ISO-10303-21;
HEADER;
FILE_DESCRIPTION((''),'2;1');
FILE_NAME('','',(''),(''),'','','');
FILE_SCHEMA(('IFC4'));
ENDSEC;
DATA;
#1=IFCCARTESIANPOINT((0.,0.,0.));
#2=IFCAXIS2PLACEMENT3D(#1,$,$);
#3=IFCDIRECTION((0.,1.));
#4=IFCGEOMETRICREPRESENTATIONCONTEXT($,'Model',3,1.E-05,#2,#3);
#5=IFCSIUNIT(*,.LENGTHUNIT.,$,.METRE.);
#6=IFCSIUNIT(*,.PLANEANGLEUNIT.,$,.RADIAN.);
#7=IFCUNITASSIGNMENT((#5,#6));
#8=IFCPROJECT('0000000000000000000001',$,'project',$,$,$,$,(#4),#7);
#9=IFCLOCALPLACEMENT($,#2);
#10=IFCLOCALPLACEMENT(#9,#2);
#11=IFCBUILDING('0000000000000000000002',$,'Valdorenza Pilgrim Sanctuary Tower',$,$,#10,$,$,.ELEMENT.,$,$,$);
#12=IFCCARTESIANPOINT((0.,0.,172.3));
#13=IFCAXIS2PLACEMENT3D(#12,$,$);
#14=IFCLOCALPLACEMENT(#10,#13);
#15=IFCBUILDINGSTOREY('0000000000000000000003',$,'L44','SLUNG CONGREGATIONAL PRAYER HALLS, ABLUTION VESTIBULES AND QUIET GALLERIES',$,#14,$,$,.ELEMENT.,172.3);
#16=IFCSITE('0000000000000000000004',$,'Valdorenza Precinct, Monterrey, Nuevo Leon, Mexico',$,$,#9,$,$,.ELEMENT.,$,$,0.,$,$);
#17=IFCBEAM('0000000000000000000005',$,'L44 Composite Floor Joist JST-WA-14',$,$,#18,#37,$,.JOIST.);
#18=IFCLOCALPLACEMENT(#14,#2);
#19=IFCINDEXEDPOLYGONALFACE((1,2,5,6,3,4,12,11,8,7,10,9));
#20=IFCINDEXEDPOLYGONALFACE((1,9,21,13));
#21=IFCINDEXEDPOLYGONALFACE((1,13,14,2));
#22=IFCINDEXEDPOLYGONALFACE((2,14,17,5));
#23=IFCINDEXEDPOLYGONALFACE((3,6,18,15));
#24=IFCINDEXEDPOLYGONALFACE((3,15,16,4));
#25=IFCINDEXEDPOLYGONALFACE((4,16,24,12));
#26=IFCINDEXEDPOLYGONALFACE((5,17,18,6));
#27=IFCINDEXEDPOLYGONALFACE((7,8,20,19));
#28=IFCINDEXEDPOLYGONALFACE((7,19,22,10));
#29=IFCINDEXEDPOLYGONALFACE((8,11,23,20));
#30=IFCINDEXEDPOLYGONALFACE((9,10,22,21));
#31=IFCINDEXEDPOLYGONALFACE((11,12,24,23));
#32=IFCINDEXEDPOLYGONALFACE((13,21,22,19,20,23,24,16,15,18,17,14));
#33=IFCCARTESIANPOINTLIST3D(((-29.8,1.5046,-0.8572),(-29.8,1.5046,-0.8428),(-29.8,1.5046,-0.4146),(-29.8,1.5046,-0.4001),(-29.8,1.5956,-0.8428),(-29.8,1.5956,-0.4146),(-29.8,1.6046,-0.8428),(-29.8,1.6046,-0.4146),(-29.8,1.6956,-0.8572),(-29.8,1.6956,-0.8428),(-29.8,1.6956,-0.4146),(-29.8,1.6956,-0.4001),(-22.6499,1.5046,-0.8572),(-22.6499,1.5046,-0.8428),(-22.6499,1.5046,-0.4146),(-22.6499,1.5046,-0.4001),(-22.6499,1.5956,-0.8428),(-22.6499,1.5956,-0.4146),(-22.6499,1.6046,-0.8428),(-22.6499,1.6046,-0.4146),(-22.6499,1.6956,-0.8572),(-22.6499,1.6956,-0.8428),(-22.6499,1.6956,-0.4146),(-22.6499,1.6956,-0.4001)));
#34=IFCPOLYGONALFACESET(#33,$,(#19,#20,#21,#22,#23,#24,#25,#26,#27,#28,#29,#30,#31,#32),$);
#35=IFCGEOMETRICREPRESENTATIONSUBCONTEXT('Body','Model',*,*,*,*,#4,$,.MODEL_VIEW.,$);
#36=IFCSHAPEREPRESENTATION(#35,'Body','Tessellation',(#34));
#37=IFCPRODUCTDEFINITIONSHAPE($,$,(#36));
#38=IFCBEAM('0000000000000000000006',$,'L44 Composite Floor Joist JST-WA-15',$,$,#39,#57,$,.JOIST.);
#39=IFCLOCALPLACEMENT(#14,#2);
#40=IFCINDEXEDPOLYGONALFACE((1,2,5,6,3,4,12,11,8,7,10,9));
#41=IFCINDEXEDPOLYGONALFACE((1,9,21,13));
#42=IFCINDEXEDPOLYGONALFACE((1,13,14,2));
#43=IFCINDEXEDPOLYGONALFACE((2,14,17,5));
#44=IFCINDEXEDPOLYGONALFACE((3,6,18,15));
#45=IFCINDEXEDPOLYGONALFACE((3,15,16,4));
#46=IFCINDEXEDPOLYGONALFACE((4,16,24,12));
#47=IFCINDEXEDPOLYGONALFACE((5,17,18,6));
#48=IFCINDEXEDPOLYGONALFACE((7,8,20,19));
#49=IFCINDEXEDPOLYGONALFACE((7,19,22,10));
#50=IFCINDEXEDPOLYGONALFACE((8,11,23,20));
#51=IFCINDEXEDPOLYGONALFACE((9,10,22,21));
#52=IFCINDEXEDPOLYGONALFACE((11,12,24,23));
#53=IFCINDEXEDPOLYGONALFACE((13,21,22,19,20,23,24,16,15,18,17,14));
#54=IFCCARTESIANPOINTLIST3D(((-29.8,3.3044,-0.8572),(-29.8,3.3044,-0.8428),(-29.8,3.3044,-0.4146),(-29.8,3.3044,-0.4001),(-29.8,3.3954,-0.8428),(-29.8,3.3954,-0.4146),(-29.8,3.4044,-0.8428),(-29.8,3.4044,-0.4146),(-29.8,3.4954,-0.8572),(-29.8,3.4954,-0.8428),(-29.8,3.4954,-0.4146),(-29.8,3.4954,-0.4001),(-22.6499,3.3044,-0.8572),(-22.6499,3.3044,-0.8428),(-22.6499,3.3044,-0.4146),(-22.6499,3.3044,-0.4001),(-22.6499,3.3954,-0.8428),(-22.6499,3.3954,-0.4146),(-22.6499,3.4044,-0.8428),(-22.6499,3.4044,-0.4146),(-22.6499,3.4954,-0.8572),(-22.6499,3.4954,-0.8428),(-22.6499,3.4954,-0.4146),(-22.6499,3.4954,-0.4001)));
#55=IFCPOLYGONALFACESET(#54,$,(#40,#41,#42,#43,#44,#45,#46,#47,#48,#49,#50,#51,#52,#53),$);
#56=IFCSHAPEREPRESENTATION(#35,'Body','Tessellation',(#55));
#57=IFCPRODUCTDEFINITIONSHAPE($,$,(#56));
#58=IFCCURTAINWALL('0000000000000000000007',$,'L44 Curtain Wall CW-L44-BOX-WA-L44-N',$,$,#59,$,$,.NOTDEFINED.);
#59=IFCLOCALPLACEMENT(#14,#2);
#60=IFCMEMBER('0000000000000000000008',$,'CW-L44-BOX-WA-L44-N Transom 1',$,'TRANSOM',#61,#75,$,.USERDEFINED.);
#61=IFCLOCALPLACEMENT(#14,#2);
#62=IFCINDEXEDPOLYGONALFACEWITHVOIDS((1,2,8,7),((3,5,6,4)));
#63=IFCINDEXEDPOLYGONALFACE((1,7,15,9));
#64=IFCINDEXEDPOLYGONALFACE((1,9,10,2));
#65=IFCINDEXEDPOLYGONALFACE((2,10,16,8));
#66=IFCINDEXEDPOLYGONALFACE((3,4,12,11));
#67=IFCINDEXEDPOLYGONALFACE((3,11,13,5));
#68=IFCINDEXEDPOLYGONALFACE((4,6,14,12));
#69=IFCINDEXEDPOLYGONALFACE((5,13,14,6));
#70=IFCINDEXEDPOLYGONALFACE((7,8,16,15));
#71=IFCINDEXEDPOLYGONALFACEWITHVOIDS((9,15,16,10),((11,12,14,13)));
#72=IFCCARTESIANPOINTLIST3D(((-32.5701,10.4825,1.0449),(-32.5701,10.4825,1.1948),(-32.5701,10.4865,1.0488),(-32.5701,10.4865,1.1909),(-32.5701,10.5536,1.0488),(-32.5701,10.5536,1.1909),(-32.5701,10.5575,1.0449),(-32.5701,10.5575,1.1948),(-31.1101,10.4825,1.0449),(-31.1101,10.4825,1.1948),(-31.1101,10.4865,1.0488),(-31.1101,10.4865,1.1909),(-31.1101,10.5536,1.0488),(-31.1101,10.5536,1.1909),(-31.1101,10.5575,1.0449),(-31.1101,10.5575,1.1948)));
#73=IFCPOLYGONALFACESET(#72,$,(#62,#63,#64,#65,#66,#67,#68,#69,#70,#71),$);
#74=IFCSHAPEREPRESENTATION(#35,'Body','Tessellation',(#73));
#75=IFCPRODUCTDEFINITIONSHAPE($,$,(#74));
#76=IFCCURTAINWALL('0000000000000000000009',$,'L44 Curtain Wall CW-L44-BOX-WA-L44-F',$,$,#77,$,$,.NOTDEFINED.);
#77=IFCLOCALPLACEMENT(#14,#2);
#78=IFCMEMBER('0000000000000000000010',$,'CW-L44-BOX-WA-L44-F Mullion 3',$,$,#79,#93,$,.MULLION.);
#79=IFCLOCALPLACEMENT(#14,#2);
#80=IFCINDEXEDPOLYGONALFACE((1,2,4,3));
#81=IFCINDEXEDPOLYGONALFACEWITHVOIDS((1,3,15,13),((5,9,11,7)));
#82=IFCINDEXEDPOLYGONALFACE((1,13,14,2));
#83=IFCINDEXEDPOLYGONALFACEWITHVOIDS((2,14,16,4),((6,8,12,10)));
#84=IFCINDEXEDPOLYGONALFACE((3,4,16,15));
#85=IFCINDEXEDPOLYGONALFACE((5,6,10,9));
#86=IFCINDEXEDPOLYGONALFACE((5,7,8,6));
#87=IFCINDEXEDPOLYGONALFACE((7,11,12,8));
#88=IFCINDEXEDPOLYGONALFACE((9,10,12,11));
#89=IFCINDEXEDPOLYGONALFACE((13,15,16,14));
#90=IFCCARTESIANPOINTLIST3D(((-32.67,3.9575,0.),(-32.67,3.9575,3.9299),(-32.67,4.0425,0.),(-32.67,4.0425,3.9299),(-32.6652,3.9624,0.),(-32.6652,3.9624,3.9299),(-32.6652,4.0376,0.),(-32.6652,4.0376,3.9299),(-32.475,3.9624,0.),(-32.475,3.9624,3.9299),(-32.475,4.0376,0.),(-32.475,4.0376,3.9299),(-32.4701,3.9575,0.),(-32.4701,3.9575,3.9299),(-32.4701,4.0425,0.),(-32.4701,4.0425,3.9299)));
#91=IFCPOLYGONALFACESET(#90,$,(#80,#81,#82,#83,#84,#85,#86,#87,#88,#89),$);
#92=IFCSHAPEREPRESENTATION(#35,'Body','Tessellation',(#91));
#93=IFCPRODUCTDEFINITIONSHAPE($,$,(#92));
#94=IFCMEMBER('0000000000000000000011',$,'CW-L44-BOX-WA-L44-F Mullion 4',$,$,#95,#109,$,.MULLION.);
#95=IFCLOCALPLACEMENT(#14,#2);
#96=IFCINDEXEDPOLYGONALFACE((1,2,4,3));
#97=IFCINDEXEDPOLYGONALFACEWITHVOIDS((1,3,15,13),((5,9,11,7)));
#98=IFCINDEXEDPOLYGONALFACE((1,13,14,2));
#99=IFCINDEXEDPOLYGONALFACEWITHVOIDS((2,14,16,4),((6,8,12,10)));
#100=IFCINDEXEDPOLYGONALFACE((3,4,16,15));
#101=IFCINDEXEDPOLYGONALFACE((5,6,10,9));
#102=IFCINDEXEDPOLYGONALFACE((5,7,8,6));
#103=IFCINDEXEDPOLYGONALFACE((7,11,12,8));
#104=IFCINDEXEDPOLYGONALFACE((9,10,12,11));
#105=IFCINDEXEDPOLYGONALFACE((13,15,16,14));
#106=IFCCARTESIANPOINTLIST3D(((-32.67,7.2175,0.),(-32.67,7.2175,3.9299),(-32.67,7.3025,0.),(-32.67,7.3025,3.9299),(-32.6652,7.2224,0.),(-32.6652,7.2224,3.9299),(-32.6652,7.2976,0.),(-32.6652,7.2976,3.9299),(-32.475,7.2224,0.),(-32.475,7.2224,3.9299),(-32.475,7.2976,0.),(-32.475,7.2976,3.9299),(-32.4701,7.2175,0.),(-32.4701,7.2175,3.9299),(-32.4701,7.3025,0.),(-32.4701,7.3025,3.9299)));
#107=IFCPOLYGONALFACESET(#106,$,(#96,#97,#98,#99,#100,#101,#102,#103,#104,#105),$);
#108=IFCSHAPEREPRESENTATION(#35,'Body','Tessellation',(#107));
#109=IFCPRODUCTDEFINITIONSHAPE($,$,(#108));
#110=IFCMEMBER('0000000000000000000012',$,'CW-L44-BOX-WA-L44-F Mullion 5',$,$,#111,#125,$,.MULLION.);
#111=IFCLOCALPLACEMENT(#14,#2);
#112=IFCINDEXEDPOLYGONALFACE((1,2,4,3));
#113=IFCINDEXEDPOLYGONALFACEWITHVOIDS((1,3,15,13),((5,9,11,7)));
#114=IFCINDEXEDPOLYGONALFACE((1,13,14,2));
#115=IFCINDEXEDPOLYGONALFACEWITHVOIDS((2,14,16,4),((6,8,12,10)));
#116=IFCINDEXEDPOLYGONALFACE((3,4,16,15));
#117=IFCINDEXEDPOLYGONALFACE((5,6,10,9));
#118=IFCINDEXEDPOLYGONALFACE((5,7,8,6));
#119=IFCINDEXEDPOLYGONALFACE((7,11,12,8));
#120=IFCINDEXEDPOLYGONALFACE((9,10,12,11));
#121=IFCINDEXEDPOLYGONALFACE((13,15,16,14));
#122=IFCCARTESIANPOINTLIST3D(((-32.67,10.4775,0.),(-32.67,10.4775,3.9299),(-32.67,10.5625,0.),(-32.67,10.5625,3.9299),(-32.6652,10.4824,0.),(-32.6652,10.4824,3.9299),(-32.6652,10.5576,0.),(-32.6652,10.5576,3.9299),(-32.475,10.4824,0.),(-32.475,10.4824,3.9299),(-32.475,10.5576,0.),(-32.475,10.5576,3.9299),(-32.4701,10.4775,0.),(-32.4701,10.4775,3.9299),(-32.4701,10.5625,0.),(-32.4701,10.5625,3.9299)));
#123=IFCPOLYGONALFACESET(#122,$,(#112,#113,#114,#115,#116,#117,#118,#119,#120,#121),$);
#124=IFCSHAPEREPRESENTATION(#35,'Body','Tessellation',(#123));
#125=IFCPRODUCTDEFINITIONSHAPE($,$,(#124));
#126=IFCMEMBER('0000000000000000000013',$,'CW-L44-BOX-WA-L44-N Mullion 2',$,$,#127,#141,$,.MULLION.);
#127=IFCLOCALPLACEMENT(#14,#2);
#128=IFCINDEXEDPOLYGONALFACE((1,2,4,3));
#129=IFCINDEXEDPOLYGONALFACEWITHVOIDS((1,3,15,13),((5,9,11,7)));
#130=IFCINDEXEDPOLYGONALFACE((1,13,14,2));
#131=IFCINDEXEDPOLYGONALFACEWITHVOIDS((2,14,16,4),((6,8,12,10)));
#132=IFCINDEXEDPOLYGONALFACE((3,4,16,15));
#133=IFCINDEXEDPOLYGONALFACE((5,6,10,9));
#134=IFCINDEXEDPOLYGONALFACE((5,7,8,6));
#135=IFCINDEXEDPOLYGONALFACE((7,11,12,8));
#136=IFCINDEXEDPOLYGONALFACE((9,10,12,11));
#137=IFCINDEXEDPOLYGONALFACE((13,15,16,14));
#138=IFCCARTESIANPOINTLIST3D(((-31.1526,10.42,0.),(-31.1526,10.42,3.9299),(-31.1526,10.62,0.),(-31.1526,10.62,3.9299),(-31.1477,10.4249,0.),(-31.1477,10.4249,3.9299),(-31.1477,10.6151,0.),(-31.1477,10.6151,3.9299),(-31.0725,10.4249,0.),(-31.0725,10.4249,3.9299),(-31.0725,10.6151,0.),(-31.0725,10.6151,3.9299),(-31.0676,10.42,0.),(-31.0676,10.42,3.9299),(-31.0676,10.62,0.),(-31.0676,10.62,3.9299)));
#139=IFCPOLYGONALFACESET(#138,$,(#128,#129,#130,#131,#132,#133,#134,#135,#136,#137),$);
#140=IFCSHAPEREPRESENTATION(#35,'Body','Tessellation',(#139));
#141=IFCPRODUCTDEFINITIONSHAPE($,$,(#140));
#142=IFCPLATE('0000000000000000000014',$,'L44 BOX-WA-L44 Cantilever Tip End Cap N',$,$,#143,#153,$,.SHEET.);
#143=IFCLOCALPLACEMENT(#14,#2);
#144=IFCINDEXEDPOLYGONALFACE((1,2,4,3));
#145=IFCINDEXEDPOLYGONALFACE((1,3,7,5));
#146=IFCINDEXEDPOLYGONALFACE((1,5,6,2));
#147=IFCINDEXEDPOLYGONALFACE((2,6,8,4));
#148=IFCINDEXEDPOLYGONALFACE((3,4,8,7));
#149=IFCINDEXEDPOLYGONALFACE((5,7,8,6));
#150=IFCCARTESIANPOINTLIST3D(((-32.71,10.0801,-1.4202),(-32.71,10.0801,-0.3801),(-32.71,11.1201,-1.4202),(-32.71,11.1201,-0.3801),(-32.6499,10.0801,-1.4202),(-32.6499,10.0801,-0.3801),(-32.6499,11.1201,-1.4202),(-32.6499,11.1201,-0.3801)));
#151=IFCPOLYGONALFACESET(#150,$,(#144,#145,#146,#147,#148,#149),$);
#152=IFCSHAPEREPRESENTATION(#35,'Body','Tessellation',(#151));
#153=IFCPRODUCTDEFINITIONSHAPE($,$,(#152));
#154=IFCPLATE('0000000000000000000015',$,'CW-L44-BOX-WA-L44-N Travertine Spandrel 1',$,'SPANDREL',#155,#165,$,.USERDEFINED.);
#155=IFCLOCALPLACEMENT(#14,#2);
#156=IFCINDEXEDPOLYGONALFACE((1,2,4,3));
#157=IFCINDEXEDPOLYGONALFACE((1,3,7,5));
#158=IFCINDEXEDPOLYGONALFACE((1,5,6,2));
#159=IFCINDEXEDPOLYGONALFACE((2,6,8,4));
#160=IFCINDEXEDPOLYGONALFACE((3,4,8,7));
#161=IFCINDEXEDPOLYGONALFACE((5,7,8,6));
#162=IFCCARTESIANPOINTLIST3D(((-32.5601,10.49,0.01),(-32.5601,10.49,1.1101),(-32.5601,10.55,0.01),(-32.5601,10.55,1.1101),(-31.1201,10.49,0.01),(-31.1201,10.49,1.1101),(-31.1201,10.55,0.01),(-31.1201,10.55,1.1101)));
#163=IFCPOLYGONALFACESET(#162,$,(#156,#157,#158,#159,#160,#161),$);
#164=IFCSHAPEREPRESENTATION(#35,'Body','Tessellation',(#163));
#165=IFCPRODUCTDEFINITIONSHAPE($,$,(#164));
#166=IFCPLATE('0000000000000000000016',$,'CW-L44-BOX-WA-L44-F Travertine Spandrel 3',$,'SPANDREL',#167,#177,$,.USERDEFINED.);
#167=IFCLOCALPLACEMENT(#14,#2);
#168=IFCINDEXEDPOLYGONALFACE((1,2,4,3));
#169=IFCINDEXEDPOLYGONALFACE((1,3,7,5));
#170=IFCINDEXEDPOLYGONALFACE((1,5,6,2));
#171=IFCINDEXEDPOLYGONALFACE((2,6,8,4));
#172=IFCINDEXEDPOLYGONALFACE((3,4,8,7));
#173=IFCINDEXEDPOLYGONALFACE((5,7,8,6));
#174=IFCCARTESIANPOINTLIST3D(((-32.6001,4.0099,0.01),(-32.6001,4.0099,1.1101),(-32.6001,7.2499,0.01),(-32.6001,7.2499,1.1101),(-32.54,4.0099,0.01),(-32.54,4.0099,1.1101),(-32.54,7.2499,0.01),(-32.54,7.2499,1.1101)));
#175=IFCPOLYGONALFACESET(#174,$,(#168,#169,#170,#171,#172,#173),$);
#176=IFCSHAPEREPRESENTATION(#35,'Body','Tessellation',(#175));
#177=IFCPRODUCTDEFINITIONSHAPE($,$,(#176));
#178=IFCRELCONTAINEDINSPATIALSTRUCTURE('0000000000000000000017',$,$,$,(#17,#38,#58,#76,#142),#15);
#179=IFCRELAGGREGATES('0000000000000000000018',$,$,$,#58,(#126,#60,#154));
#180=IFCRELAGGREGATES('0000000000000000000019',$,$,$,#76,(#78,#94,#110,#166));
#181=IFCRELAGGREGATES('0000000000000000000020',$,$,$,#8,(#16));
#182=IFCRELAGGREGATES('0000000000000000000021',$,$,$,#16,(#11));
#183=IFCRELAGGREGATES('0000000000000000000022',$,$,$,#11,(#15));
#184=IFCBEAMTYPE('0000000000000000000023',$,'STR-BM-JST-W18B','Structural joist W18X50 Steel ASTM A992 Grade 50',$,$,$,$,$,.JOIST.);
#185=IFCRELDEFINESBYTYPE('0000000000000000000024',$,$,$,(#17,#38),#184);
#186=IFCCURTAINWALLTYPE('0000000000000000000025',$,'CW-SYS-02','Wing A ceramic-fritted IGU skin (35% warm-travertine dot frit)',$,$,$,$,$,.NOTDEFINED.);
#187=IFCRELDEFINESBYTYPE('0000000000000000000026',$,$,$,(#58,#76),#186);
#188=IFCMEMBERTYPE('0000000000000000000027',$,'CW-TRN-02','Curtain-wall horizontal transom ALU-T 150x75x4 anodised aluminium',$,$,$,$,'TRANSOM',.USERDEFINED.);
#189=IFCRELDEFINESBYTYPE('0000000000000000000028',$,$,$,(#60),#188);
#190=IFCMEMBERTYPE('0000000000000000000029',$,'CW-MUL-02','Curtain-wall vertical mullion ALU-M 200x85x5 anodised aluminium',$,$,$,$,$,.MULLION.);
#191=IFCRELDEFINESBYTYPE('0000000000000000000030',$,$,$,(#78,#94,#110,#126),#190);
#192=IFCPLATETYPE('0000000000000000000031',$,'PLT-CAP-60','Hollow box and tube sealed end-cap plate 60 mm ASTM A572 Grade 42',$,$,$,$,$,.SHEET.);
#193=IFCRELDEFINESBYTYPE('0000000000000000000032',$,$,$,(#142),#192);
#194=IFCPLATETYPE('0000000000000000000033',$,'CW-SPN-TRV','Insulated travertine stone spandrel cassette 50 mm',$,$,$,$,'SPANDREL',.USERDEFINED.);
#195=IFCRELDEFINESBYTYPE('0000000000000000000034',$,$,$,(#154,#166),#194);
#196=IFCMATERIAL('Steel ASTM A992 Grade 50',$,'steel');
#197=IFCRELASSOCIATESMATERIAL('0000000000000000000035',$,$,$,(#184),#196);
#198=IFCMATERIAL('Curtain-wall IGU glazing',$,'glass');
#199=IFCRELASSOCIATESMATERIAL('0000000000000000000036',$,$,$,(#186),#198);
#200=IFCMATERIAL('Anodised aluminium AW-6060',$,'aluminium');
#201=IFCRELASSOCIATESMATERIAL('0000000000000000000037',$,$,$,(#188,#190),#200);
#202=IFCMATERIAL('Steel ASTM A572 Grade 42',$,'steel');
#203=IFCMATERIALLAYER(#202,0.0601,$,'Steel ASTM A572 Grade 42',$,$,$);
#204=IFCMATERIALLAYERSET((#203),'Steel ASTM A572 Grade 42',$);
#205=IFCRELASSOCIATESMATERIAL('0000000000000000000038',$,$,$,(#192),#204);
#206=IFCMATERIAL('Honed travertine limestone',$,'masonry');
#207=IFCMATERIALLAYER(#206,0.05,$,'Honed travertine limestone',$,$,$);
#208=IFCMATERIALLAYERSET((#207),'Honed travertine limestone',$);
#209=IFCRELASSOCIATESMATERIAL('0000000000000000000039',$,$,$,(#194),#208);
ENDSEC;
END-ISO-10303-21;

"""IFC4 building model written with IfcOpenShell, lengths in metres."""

from ifc_helpers import new_model, si_unit, direction, frame, origin, origin_2d, place, context, subcontext, project, spatial, rectangle, hollow_rectangle, i_section, extrude, source, transform, mapped, material, layer, layer_set, material_profile, profile_set, type_object, element, aggregate, save


model = new_model("IFC4")

# Units and contexts
model_context = context("Model", 3, precision=1e-05, world=origin(), true_north=direction((0.0, 1.0)))
body_context = subcontext(model_context, "Body", "Model", "MODEL_VIEW")
ifc_project = project(units=[si_unit("LENGTHUNIT", "METRE"), si_unit("PLANEANGLEUNIT", "RADIAN")], contexts=[model_context])

# Site, building, storey
site_placement = place(None, origin())
site = spatial("IfcSite", under=ifc_project, at=site_placement, Name="Valdorenza Precinct, Monterrey, Nuevo Leon, Mexico", CompositionType="ELEMENT", RefElevation=0.0)
building_placement = place(site_placement, origin())
building = spatial("IfcBuilding", under=site, at=building_placement, Name="Valdorenza Pilgrim Sanctuary Tower", CompositionType="ELEMENT")
storey_placement = place(building_placement, frame((0.0, 0.0, 172.3)))
storey = spatial("IfcBuildingStorey", under=building, at=storey_placement, Name="L44", Description="SLUNG CONGREGATIONAL PRAYER HALLS, ABLUTION VESTIBULES AND QUIET GALLERIES", CompositionType="ELEMENT", Elevation=172.3)

# Beams
ifc_material_1 = material(Name="Steel ASTM A992 Grade 50", Category="steel")
ifc_material_profile_1 = material_profile(ifc_material_1, i_section(OverallWidth=0.1909, OverallDepth=0.457, WebThickness=0.009, FlangeThickness=0.0144, at=origin_2d()), Name="W18X50")
ifc_profile_set_1 = profile_set([ifc_material_profile_1], Name="Steel ASTM A992 Grade 50")
beam_type = type_object("IfcBeamType", Name="STR-BM-JST-W18B", Description="Structural joist W18X50 Steel ASTM A992 Grade 50", PredefinedType="JOIST", material=ifc_profile_set_1)
shared_shape_1 = source(origin(), body_context, "Body", "SweptSolid", [
    extrude(i_section(OverallWidth=0.1909, OverallDepth=0.457, WebThickness=0.009, FlangeThickness=0.0144, at=origin_2d()), origin(), (0.0, 0.0, 1.0), 7.1501),
])
for number, where, z_axis, x_axis, name in (
    (1, (-29.8, 1.6001, -0.6287), (1.0, 0.0, 0.0), (0.0, 1.0, 0.0), "L44 Composite Floor Joist JST-WA-14"),
    (2, (-29.8, 3.3999, -0.6287), (1.0, 0.0, 0.0), (0.0, 1.0, 0.0), "L44 Composite Floor Joist JST-WA-15"),
):
    element("IfcBeam", number, at=place(storey_placement, frame(where, z_axis=z_axis, x_axis=x_axis)), inside=storey, type_object=beam_type, Name=name, PredefinedType="JOIST", context=body_context, shape_type="MappedRepresentation", body=[
        mapped(shared_shape_1, transform((0.0, 0.0, 0.0), x_axis=(1.0, 0.0, 0.0), y_axis=(0.0, 1.0, 0.0), z_axis=(0.0, 0.0, 1.0), scale=1.0)),
    ])

# Curtain wall, member
ifc_material_2 = material(Name="Curtain-wall IGU glazing", Category="glass")
curtain_wall_type = type_object("IfcCurtainWallType", Name="CW-SYS-02", Description="Wing A ceramic-fritted IGU skin (35% warm-travertine dot frit)", PredefinedType="NOTDEFINED", material=ifc_material_2)
curtain_wall_1_placement = place(storey_placement, origin())
curtain_wall_1 = element("IfcCurtainWall", 3, at=curtain_wall_1_placement, inside=storey, type_object=curtain_wall_type, Name="L44 Curtain Wall CW-L44-BOX-WA-L44-N", PredefinedType="NOTDEFINED")
ifc_material_3 = material(Name="Anodised aluminium AW-6060", Category="aluminium")
ifc_material_profile_2 = material_profile(ifc_material_3, hollow_rectangle(XDim=0.075, YDim=0.1499, WallThickness=0.0039, at=origin_2d()), Name="ALU-T 150x75x4")
ifc_profile_set_2 = profile_set([ifc_material_profile_2], Name="Anodised aluminium AW-6060")
member_type_1 = type_object("IfcMemberType", Name="CW-TRN-02", Description="Curtain-wall horizontal transom ALU-T 150x75x4 anodised aluminium", ElementType="TRANSOM", PredefinedType="USERDEFINED", material=ifc_profile_set_2)
shared_shape_2 = source(origin(), body_context, "Body", "SweptSolid", [
    extrude(hollow_rectangle(XDim=0.075, YDim=0.1499, WallThickness=0.0039, at=origin_2d()), origin(), (0.0, 0.0, 1.0), 1.46),
])
member_1_placement = place(storey_placement, frame((-32.5701, 10.52, 1.1199), z_axis=(1.0, 0.0, 0.0), x_axis=(0.0, 1.0, 0.0)))
member_1 = element("IfcMember", 4, at=member_1_placement, type_object=member_type_1, Name="CW-L44-BOX-WA-L44-N Transom 1", ObjectType="TRANSOM", PredefinedType="USERDEFINED", context=body_context, shape_type="MappedRepresentation", body=[
    mapped(shared_shape_2, transform((0.0, 0.0, 0.0), x_axis=(1.0, 0.0, 0.0), y_axis=(0.0, 1.0, 0.0), z_axis=(0.0, 0.0, 1.0), scale=1.0)),
])

# Curtain wall, members
curtain_wall_2_placement = place(storey_placement, origin())
curtain_wall_2 = element("IfcCurtainWall", 5, at=curtain_wall_2_placement, inside=storey, type_object=curtain_wall_type, Name="L44 Curtain Wall CW-L44-BOX-WA-L44-F", PredefinedType="NOTDEFINED")
ifc_material_profile_3 = material_profile(ifc_material_3, hollow_rectangle(XDim=0.085, YDim=0.2, WallThickness=0.0049, at=origin_2d()), Name="ALU-M 200x85x5")
ifc_profile_set_3 = profile_set([ifc_material_profile_3], Name="Anodised aluminium AW-6060")
member_type_2 = type_object("IfcMemberType", Name="CW-MUL-02", Description="Curtain-wall vertical mullion ALU-M 200x85x5 anodised aluminium", PredefinedType="MULLION", material=ifc_profile_set_3)
shared_shape_3 = source(origin(), body_context, "Body", "SweptSolid", [
    extrude(hollow_rectangle(XDim=0.085, YDim=0.2, WallThickness=0.0049, at=origin_2d()), origin(), (0.0, 0.0, 1.0), 3.9299),
])
member_2_placement = place(storey_placement, frame((-32.5701, 4.0, 0.0), z_axis=(0.0, 0.0, 1.0), x_axis=(0.0, 1.0, 0.0)))
member_2 = element("IfcMember", 6, at=member_2_placement, type_object=member_type_2, Name="CW-L44-BOX-WA-L44-F Mullion 3", PredefinedType="MULLION", context=body_context, shape_type="MappedRepresentation", body=[
    mapped(shared_shape_3, transform((0.0, 0.0, 0.0), x_axis=(1.0, 0.0, 0.0), y_axis=(0.0, 1.0, 0.0), z_axis=(0.0, 0.0, 1.0), scale=1.0)),
])
member_3_placement = place(storey_placement, frame((-32.5701, 7.26, 0.0), z_axis=(0.0, 0.0, 1.0), x_axis=(0.0, 1.0, 0.0)))
member_3 = element("IfcMember", 7, at=member_3_placement, type_object=member_type_2, Name="CW-L44-BOX-WA-L44-F Mullion 4", PredefinedType="MULLION", context=body_context, shape_type="MappedRepresentation", body=[
    mapped(shared_shape_3, transform((0.0, 0.0, 0.0), x_axis=(1.0, 0.0, 0.0), y_axis=(0.0, 1.0, 0.0), z_axis=(0.0, 0.0, 1.0), scale=1.0)),
])
member_4_placement = place(storey_placement, frame((-32.5701, 10.52, 0.0), z_axis=(0.0, 0.0, 1.0), x_axis=(0.0, 1.0, 0.0)))
member_4 = element("IfcMember", 8, at=member_4_placement, type_object=member_type_2, Name="CW-L44-BOX-WA-L44-F Mullion 5", PredefinedType="MULLION", context=body_context, shape_type="MappedRepresentation", body=[
    mapped(shared_shape_3, transform((0.0, 0.0, 0.0), x_axis=(1.0, 0.0, 0.0), y_axis=(0.0, 1.0, 0.0), z_axis=(0.0, 0.0, 1.0), scale=1.0)),
])

# Member
member_5_placement = place(storey_placement, frame((-31.1101, 10.52, 0.0), z_axis=(0.0, 0.0, 1.0), x_axis=(1.0, 0.0, 0.0)))
member_5 = element("IfcMember", 9, at=member_5_placement, type_object=member_type_2, Name="CW-L44-BOX-WA-L44-N Mullion 2", PredefinedType="MULLION", context=body_context, shape_type="MappedRepresentation", body=[
    mapped(shared_shape_3, transform((0.0, 0.0, 0.0), x_axis=(1.0, 0.0, 0.0), y_axis=(0.0, 1.0, 0.0), z_axis=(0.0, 0.0, 1.0), scale=1.0)),
])

# Plates
ifc_material_4 = material(Name="Steel ASTM A572 Grade 42", Category="steel")
ifc_layer_1 = layer(ifc_material_4, 0.0601, Name="Steel ASTM A572 Grade 42")
ifc_layer_set_1 = layer_set([ifc_layer_1], Name="Steel ASTM A572 Grade 42")
plate_type_1 = type_object("IfcPlateType", Name="PLT-CAP-60", Description="Hollow box and tube sealed end-cap plate 60 mm ASTM A572 Grade 42", PredefinedType="SHEET", material=ifc_layer_set_1)
shared_shape_4 = source(origin(), body_context, "Body", "SweptSolid", [
    extrude(rectangle(XDim=0.0601, YDim=1.04, at=origin_2d()), origin(), (0.0, 0.0, 1.0), 1.04),
])
plate_1_placement = place(storey_placement, frame((-32.6799, 10.6001, -1.4202), z_axis=(0.0, 0.0, 1.0), x_axis=(1.0, 0.0, 0.0)))
element("IfcPlate", 10, at=plate_1_placement, inside=storey, type_object=plate_type_1, Name="L44 BOX-WA-L44 Cantilever Tip End Cap N", PredefinedType="SHEET", context=body_context, shape_type="MappedRepresentation", body=[
    mapped(shared_shape_4, transform((0.0, 0.0, 0.0), x_axis=(1.0, 0.0, 0.0), y_axis=(0.0, 1.0, 0.0), z_axis=(0.0, 0.0, 1.0), scale=1.0)),
])
ifc_material_5 = material(Name="Honed travertine limestone", Category="masonry")
ifc_layer_2 = layer(ifc_material_5, 0.05, Name="Honed travertine limestone")
ifc_layer_set_2 = layer_set([ifc_layer_2], Name="Honed travertine limestone")
plate_type_2 = type_object("IfcPlateType", Name="CW-SPN-TRV", Description="Insulated travertine stone spandrel cassette 50 mm", ElementType="SPANDREL", PredefinedType="USERDEFINED", material=ifc_layer_set_2)
shared_shape_5 = source(origin(), body_context, "Body", "SweptSolid", [
    extrude(rectangle(XDim=1.4399, YDim=0.0601, at=origin_2d()), origin(), (0.0, 0.0, 1.0), 1.1001),
])
plate_2_placement = place(storey_placement, frame((-31.8401, 10.52, 0.01), z_axis=(0.0, 0.0, 1.0), x_axis=(1.0, 0.0, 0.0)))
plate_2 = element("IfcPlate", 11, at=plate_2_placement, type_object=plate_type_2, Name="CW-L44-BOX-WA-L44-N Travertine Spandrel 1", ObjectType="SPANDREL", PredefinedType="USERDEFINED", context=body_context, shape_type="MappedRepresentation", body=[
    mapped(shared_shape_5, transform((0.0, 0.0, 0.0), x_axis=(1.0, 0.0, 0.0), y_axis=(0.0, 1.0, 0.0), z_axis=(0.0, 0.0, 1.0), scale=1.0)),
])
shared_shape_6 = source(origin(), body_context, "Body", "SweptSolid", [
    extrude(rectangle(XDim=3.24, YDim=0.0601, at=origin_2d()), origin(), (0.0, 0.0, 1.0), 1.1001),
])
plate_3_placement = place(storey_placement, frame((-32.5701, 5.6299, 0.01), z_axis=(0.0, 0.0, 1.0), x_axis=(0.0, 1.0, 0.0)))
plate_3 = element("IfcPlate", 12, at=plate_3_placement, type_object=plate_type_2, Name="CW-L44-BOX-WA-L44-F Travertine Spandrel 3", ObjectType="SPANDREL", PredefinedType="USERDEFINED", context=body_context, shape_type="MappedRepresentation", body=[
    mapped(shared_shape_6, transform((0.0, 0.0, 0.0), x_axis=(1.0, 0.0, 0.0), y_axis=(0.0, 1.0, 0.0), z_axis=(0.0, 0.0, 1.0), scale=1.0)),
])
aggregate(curtain_wall_1, [member_5, member_1, plate_2])
aggregate(curtain_wall_2, [member_2, member_3, member_4, plate_3])

save(model, "model.ifc")
